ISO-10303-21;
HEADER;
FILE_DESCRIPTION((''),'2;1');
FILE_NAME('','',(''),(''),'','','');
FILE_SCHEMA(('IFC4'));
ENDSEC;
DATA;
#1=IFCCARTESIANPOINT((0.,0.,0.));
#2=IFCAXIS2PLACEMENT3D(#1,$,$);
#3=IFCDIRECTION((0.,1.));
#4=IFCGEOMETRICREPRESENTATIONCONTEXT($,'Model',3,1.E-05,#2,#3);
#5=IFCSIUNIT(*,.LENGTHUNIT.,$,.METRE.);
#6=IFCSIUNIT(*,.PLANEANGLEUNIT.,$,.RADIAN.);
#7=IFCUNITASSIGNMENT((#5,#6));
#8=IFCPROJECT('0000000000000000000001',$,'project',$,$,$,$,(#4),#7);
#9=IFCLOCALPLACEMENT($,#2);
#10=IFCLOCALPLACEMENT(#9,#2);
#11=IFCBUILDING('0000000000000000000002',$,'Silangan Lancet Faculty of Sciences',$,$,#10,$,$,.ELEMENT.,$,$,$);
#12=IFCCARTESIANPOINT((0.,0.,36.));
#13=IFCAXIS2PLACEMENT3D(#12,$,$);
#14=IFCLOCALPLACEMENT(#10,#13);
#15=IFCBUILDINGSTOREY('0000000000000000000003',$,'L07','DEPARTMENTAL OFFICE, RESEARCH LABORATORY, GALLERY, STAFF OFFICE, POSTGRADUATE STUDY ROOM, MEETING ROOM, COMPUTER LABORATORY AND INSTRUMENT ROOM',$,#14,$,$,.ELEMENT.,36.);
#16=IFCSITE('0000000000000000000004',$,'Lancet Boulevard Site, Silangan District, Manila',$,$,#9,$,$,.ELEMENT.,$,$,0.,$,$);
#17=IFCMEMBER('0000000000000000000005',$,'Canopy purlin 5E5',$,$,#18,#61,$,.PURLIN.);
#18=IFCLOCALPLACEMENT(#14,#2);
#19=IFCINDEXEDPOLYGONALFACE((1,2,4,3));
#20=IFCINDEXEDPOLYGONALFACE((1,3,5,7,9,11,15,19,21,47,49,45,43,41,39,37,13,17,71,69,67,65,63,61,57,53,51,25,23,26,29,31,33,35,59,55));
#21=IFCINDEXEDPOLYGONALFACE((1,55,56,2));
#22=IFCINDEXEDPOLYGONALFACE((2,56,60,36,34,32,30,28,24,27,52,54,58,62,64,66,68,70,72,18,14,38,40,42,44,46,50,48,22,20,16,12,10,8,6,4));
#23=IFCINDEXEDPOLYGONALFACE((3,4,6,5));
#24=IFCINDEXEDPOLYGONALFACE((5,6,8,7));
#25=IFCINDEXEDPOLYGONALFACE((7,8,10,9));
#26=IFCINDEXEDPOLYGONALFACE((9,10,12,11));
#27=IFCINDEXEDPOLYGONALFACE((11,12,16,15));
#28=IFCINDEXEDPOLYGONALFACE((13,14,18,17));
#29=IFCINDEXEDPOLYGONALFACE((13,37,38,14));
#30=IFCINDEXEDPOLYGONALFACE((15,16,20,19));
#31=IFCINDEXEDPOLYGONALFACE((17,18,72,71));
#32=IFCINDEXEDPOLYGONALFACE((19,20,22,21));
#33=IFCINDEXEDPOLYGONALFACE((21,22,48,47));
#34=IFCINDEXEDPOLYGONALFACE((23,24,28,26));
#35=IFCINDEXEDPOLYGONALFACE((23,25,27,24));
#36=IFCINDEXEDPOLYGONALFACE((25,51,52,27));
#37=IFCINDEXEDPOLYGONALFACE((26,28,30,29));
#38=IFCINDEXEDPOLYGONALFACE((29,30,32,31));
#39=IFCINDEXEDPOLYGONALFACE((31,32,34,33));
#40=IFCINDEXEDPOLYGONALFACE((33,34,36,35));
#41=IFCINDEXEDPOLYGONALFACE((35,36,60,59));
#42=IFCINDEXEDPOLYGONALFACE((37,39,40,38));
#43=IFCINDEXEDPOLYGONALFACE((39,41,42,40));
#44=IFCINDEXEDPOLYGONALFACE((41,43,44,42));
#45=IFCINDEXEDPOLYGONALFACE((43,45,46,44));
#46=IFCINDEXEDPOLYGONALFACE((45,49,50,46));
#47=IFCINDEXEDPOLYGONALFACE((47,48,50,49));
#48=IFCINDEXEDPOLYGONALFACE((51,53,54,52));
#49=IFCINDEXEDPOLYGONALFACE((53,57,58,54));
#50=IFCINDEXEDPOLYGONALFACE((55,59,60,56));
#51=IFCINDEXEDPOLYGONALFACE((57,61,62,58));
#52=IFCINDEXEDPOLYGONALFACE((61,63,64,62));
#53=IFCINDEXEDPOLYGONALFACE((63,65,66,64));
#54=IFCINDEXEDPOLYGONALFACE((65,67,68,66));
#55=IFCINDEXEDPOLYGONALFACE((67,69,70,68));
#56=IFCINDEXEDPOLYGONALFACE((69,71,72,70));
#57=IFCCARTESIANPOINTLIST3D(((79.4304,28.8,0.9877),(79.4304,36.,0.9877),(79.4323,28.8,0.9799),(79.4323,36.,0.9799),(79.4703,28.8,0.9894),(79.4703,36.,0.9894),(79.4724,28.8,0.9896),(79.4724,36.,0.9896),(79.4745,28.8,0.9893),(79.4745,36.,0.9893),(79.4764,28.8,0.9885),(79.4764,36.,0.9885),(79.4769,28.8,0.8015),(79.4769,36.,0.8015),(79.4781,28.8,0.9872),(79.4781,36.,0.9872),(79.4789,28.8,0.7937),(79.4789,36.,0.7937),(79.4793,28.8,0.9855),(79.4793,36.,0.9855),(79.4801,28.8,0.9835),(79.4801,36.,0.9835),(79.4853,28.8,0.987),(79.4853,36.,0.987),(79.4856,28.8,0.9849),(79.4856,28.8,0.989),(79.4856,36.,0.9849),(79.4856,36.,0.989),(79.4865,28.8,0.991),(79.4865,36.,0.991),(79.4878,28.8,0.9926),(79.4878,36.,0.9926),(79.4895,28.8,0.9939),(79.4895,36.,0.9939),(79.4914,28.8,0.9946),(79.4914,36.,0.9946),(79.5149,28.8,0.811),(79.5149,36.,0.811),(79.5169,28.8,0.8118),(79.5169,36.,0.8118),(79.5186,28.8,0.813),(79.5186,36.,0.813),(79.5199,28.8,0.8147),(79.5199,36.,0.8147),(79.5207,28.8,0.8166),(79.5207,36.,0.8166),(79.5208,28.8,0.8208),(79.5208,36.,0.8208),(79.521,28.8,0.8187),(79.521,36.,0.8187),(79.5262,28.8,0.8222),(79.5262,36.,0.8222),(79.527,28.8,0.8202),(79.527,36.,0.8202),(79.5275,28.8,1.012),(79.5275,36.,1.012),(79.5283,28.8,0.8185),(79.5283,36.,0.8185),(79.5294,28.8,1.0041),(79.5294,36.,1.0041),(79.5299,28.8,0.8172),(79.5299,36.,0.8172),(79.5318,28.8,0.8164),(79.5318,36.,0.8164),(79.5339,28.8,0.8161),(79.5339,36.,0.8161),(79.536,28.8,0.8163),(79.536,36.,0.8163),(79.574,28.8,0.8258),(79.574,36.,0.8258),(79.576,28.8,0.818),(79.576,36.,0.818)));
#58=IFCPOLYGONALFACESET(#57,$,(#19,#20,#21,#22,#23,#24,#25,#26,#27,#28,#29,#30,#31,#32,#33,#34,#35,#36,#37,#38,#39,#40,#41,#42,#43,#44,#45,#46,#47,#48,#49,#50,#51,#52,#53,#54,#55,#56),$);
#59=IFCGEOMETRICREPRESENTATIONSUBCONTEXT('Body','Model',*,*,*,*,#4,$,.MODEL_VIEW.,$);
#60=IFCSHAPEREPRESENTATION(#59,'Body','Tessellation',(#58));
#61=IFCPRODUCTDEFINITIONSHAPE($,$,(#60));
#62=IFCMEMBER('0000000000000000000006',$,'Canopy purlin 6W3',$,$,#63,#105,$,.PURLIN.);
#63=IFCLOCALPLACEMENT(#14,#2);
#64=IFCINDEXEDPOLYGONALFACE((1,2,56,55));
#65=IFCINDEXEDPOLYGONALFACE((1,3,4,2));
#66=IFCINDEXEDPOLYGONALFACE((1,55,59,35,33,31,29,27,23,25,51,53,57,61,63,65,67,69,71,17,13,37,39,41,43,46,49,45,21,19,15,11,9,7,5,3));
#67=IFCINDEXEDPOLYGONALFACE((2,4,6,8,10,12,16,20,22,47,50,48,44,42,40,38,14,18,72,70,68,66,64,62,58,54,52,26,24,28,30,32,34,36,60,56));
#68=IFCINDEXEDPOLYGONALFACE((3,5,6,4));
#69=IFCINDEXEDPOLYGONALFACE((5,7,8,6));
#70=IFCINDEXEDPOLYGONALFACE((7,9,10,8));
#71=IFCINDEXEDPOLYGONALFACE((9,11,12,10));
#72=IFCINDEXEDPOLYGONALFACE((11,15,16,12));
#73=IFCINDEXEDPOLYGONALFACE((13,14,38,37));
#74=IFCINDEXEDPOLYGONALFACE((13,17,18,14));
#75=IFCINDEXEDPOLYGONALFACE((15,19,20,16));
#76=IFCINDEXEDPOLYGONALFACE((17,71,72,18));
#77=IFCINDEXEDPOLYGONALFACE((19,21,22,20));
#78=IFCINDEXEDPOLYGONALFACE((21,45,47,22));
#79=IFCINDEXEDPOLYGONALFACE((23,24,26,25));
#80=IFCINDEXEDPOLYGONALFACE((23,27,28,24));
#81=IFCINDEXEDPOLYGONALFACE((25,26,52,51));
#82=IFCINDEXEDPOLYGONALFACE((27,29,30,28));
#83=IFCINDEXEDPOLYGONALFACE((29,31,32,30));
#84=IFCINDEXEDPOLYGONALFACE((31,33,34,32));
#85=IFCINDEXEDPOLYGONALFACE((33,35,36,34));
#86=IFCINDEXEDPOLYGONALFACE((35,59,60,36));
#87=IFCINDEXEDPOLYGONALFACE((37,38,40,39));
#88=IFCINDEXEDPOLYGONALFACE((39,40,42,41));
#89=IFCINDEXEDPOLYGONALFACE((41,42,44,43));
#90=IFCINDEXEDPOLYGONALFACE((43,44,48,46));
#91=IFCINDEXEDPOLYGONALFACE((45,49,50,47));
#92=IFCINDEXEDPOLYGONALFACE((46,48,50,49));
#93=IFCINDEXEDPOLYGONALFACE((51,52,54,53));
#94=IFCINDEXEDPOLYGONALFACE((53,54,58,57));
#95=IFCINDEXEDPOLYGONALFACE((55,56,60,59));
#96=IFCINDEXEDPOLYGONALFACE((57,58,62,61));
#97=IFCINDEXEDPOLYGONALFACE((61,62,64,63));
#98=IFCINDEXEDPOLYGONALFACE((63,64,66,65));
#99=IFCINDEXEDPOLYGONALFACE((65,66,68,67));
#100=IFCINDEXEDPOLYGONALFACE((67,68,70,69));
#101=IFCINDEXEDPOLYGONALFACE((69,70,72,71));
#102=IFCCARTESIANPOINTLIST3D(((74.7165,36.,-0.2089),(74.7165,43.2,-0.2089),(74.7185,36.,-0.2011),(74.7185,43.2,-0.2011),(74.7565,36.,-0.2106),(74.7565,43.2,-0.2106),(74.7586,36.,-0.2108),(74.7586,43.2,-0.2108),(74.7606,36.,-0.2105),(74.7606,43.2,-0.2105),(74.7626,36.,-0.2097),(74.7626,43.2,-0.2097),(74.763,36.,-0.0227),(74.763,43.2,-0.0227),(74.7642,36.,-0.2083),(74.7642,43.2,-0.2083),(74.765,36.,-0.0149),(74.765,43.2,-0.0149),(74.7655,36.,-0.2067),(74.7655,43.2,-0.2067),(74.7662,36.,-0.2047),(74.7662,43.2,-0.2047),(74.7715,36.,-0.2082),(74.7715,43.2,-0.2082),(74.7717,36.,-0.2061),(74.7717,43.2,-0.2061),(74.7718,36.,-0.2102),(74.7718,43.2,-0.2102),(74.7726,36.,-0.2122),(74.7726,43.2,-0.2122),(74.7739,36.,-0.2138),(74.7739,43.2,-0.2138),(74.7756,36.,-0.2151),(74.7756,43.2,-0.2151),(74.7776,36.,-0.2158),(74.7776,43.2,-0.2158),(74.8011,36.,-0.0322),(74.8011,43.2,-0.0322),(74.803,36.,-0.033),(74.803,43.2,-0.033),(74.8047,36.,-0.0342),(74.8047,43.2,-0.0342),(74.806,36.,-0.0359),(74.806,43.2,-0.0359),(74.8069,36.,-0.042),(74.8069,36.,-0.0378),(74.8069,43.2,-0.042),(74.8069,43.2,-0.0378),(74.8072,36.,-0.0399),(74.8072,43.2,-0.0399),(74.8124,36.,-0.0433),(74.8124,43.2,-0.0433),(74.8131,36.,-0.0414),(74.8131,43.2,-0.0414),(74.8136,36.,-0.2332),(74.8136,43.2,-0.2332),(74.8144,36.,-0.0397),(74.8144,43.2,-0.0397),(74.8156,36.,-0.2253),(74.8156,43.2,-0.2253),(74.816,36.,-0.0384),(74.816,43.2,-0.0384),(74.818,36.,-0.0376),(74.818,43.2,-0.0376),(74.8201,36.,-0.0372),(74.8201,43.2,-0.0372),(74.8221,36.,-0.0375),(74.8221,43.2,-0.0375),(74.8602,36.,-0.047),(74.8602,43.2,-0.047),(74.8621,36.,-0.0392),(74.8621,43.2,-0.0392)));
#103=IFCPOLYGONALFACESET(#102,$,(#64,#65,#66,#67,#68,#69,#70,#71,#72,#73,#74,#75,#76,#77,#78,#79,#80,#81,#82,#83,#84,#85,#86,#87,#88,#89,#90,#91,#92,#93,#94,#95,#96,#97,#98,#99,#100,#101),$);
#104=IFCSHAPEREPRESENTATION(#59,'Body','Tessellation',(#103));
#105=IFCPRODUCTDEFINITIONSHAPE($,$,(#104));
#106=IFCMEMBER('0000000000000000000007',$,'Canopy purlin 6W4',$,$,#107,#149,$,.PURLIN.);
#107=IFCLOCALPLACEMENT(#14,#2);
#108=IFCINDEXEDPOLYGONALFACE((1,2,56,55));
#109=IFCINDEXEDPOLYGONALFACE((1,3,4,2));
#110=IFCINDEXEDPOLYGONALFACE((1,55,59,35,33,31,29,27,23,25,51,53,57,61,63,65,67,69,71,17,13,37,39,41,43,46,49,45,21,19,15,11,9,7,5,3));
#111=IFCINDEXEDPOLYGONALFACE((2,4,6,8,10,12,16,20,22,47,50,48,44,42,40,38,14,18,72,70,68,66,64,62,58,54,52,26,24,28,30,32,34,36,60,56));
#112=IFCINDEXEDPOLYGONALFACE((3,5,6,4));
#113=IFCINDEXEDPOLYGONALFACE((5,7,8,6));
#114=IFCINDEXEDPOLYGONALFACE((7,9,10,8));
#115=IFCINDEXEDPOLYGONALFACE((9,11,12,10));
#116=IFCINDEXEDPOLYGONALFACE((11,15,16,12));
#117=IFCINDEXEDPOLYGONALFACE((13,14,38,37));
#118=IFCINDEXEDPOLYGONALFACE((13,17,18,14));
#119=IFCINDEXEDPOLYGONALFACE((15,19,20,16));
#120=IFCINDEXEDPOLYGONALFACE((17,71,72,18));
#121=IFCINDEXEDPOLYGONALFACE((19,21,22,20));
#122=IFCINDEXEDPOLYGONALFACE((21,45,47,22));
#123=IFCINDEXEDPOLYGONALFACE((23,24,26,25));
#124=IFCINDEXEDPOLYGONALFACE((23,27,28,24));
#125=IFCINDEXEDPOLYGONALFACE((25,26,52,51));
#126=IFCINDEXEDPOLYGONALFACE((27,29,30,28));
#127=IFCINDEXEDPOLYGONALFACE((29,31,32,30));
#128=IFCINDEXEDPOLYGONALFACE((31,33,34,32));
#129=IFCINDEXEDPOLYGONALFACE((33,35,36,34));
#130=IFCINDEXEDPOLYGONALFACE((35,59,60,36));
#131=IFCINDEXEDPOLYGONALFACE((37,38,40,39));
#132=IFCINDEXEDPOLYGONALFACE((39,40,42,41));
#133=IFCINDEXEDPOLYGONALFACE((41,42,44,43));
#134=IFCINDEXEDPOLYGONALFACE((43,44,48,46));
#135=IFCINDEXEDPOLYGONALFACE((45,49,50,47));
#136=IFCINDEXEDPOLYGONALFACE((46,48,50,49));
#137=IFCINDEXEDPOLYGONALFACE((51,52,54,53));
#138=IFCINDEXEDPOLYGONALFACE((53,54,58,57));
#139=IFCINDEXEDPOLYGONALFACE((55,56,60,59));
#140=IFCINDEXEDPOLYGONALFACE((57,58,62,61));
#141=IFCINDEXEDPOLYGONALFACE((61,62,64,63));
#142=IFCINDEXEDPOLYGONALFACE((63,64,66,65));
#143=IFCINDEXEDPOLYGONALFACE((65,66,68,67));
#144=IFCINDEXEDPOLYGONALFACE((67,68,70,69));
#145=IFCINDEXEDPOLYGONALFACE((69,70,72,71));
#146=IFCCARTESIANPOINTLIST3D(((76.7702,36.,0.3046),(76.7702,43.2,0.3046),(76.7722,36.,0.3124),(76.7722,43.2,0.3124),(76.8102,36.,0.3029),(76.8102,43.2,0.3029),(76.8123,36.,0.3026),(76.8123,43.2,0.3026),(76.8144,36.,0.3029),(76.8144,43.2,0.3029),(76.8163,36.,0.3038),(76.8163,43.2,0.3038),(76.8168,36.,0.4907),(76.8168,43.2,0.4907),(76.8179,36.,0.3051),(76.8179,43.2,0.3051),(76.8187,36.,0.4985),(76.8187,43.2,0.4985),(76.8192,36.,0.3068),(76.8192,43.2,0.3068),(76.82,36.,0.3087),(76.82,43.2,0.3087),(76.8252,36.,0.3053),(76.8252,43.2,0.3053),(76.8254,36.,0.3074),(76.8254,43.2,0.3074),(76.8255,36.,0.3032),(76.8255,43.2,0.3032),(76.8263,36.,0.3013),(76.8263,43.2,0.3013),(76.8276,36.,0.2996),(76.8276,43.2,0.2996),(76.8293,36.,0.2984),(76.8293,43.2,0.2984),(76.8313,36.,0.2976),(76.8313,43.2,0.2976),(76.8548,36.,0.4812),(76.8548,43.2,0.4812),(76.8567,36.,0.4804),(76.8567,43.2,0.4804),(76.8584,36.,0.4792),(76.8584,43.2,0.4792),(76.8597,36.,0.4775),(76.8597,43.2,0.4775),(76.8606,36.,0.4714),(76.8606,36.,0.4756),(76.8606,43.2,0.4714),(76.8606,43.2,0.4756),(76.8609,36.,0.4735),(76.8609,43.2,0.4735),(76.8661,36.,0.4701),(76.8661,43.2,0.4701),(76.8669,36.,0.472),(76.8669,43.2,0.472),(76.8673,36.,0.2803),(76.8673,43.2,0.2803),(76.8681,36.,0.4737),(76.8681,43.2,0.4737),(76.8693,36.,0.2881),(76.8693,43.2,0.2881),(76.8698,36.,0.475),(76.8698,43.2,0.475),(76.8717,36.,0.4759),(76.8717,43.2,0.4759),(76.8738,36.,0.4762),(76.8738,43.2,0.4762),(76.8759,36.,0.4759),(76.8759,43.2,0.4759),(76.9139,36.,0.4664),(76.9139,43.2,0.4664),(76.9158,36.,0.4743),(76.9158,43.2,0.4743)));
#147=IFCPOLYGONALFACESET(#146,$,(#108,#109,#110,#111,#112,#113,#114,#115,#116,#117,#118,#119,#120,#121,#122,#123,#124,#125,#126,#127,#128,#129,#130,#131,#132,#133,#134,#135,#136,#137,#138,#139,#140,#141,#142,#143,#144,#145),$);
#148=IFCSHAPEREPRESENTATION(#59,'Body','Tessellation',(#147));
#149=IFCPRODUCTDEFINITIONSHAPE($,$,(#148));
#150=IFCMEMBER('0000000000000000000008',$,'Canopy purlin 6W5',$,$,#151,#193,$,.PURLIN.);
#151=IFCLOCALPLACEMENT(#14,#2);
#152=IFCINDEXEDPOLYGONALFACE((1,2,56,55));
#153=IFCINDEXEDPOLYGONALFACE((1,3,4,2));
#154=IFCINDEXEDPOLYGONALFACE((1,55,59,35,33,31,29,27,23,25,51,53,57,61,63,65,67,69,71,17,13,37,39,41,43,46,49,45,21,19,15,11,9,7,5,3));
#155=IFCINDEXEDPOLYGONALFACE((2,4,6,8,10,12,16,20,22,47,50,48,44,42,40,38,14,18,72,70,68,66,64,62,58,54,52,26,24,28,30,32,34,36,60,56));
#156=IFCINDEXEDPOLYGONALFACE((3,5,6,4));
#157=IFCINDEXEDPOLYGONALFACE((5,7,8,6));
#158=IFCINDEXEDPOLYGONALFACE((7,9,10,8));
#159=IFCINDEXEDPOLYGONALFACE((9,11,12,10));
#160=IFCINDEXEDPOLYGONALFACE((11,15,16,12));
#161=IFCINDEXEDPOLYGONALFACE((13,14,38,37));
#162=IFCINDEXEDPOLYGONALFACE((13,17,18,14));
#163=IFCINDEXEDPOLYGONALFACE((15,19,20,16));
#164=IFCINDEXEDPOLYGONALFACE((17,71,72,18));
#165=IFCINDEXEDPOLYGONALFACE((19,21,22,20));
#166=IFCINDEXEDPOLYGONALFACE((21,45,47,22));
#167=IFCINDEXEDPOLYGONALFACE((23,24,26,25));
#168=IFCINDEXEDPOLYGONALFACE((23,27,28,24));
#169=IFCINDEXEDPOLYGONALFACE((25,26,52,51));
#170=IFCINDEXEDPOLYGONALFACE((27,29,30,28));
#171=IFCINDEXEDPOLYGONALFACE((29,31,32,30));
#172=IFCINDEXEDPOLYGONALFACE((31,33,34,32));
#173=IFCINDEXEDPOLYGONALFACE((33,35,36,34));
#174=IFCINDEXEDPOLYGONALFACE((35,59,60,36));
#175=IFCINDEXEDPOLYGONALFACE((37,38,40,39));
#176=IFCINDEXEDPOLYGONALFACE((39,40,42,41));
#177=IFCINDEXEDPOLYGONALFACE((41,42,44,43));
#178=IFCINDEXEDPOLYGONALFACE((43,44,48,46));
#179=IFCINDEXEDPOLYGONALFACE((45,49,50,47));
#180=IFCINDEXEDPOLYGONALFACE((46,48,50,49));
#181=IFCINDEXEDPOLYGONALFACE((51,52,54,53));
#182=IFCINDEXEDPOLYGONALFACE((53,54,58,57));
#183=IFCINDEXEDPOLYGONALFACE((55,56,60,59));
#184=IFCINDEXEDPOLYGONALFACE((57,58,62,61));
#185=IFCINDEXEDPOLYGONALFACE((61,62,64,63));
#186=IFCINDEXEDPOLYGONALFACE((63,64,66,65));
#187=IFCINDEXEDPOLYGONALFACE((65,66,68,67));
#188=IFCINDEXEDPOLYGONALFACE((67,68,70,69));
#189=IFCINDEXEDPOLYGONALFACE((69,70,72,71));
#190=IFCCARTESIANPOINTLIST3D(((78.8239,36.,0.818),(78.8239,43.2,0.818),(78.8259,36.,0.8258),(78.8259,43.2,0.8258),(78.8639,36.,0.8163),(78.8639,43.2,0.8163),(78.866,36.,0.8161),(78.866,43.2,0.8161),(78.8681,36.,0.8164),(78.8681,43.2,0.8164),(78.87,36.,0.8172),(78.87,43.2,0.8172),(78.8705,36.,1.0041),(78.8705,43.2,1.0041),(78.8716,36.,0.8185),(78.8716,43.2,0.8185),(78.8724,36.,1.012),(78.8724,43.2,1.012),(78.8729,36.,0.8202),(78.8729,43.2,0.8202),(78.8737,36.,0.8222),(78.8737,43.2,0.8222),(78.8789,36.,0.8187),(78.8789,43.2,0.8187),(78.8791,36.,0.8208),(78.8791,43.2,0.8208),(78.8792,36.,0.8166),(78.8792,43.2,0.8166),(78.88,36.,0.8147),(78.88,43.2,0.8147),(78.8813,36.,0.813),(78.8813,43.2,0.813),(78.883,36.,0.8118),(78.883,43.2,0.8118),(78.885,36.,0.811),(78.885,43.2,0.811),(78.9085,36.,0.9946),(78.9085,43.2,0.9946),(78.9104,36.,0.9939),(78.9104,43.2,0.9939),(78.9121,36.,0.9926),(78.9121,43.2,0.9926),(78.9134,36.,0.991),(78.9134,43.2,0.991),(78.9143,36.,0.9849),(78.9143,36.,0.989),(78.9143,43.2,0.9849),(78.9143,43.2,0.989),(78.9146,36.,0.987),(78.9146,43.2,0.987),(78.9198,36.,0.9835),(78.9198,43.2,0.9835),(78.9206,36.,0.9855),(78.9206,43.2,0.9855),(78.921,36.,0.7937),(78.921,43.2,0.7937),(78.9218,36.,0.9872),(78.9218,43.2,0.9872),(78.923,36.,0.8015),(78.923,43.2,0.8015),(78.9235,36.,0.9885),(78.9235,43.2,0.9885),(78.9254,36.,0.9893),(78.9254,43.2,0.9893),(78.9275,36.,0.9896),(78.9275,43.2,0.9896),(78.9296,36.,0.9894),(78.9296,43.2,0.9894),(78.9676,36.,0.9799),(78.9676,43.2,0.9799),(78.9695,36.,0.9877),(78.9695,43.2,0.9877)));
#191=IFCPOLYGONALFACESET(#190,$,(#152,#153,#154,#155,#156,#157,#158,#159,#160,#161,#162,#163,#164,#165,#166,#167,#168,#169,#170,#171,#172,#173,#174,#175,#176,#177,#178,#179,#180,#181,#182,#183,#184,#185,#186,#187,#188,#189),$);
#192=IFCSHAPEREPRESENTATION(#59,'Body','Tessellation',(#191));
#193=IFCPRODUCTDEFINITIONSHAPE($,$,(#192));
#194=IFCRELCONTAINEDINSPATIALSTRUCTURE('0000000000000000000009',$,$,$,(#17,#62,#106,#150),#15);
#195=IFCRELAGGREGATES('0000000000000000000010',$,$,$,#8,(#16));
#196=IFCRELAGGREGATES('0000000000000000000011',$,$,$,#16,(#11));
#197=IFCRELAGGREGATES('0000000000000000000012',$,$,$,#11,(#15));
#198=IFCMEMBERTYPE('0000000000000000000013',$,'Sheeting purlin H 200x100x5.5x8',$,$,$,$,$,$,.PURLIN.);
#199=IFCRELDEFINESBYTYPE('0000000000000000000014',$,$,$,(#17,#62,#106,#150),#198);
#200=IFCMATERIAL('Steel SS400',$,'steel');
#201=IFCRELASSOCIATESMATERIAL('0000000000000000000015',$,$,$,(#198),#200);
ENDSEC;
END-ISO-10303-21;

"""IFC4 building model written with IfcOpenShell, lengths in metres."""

from ifc_helpers import new_model, si_unit, direction, frame, origin, origin_2d, place, context, subcontext, project, spatial, i_section, extrude, material, material_profile, profile_set, type_object, element, save


model = new_model("IFC4")

# Units and contexts
model_context = context("Model", 3, precision=1e-05, world=origin(), true_north=direction((0.0, 1.0)))
body_context = subcontext(model_context, "Body", "Model", "MODEL_VIEW")
ifc_project = project(units=[si_unit("LENGTHUNIT", "METRE"), si_unit("PLANEANGLEUNIT", "RADIAN")], contexts=[model_context])

# Site, building, storey
site_placement = place(None, origin())
site = spatial("IfcSite", under=ifc_project, at=site_placement, Name="Lancet Boulevard Site, Silangan District, Manila", CompositionType="ELEMENT", RefElevation=0.0)
building_placement = place(site_placement, origin())
building = spatial("IfcBuilding", under=site, at=building_placement, Name="Silangan Lancet Faculty of Sciences", CompositionType="ELEMENT")
storey_placement = place(building_placement, frame((0.0, 0.0, 36.0)))
storey = spatial("IfcBuildingStorey", under=building, at=storey_placement, Name="L07", Description="DEPARTMENTAL OFFICE, RESEARCH LABORATORY, GALLERY, STAFF OFFICE, POSTGRADUATE STUDY ROOM, MEETING ROOM, COMPUTER LABORATORY AND INSTRUMENT ROOM", CompositionType="ELEMENT", Elevation=36.0)

# Members
ifc_material_1 = material(Name="Steel SS400", Category="steel")
ifc_material_profile_1 = material_profile(ifc_material_1, i_section(OverallWidth=0.1001, OverallDepth=0.2, WebThickness=0.0056, FlangeThickness=0.0081, FilletRadius=0.0081, at=origin_2d()), Name="H 200x100x5.5x8")
ifc_profile_set_1 = profile_set([ifc_material_profile_1], Name="Steel SS400")
member_type_1 = type_object("IfcMemberType", Name="Sheeting purlin H 200x100x5.5x8", PredefinedType="PURLIN", material=ifc_profile_set_1)
for number, where, z_axis, x_axis, name in (
    (1, (79.5032, 28.8, 0.9028), (0.0, 1.0, 0.0), (-0.970143, 0.0, -0.242536), "Canopy purlin 5E5"),
    (2, (74.7893, 36.0, -0.124), (0.0, 1.0, 0.0), (-0.970143, 0.0, 0.242536), "Canopy purlin 6W3"),
    (3, (76.843, 36.0, 0.3894), (0.0, 1.0, 0.0), (-0.970143, 0.0, 0.242536), "Canopy purlin 6W4"),
    (4, (78.8967, 36.0, 0.9028), (0.0, 1.0, 0.0), (-0.970143, 0.0, 0.242536), "Canopy purlin 6W5"),
):
    element("IfcMember", number, at=place(storey_placement, frame(where, z_axis=z_axis, x_axis=x_axis)), inside=storey, type_object=member_type_1, Name=name, PredefinedType="PURLIN", context=body_context, shape_type="SweptSolid", body=[
        extrude(i_section(OverallWidth=0.1001, OverallDepth=0.2, WebThickness=0.0056, FlangeThickness=0.0081, FilletRadius=0.0081, at=origin_2d()), origin(), (0.0, 0.0, 1.0), 7.2),
    ])

save(model, "model.ifc")
